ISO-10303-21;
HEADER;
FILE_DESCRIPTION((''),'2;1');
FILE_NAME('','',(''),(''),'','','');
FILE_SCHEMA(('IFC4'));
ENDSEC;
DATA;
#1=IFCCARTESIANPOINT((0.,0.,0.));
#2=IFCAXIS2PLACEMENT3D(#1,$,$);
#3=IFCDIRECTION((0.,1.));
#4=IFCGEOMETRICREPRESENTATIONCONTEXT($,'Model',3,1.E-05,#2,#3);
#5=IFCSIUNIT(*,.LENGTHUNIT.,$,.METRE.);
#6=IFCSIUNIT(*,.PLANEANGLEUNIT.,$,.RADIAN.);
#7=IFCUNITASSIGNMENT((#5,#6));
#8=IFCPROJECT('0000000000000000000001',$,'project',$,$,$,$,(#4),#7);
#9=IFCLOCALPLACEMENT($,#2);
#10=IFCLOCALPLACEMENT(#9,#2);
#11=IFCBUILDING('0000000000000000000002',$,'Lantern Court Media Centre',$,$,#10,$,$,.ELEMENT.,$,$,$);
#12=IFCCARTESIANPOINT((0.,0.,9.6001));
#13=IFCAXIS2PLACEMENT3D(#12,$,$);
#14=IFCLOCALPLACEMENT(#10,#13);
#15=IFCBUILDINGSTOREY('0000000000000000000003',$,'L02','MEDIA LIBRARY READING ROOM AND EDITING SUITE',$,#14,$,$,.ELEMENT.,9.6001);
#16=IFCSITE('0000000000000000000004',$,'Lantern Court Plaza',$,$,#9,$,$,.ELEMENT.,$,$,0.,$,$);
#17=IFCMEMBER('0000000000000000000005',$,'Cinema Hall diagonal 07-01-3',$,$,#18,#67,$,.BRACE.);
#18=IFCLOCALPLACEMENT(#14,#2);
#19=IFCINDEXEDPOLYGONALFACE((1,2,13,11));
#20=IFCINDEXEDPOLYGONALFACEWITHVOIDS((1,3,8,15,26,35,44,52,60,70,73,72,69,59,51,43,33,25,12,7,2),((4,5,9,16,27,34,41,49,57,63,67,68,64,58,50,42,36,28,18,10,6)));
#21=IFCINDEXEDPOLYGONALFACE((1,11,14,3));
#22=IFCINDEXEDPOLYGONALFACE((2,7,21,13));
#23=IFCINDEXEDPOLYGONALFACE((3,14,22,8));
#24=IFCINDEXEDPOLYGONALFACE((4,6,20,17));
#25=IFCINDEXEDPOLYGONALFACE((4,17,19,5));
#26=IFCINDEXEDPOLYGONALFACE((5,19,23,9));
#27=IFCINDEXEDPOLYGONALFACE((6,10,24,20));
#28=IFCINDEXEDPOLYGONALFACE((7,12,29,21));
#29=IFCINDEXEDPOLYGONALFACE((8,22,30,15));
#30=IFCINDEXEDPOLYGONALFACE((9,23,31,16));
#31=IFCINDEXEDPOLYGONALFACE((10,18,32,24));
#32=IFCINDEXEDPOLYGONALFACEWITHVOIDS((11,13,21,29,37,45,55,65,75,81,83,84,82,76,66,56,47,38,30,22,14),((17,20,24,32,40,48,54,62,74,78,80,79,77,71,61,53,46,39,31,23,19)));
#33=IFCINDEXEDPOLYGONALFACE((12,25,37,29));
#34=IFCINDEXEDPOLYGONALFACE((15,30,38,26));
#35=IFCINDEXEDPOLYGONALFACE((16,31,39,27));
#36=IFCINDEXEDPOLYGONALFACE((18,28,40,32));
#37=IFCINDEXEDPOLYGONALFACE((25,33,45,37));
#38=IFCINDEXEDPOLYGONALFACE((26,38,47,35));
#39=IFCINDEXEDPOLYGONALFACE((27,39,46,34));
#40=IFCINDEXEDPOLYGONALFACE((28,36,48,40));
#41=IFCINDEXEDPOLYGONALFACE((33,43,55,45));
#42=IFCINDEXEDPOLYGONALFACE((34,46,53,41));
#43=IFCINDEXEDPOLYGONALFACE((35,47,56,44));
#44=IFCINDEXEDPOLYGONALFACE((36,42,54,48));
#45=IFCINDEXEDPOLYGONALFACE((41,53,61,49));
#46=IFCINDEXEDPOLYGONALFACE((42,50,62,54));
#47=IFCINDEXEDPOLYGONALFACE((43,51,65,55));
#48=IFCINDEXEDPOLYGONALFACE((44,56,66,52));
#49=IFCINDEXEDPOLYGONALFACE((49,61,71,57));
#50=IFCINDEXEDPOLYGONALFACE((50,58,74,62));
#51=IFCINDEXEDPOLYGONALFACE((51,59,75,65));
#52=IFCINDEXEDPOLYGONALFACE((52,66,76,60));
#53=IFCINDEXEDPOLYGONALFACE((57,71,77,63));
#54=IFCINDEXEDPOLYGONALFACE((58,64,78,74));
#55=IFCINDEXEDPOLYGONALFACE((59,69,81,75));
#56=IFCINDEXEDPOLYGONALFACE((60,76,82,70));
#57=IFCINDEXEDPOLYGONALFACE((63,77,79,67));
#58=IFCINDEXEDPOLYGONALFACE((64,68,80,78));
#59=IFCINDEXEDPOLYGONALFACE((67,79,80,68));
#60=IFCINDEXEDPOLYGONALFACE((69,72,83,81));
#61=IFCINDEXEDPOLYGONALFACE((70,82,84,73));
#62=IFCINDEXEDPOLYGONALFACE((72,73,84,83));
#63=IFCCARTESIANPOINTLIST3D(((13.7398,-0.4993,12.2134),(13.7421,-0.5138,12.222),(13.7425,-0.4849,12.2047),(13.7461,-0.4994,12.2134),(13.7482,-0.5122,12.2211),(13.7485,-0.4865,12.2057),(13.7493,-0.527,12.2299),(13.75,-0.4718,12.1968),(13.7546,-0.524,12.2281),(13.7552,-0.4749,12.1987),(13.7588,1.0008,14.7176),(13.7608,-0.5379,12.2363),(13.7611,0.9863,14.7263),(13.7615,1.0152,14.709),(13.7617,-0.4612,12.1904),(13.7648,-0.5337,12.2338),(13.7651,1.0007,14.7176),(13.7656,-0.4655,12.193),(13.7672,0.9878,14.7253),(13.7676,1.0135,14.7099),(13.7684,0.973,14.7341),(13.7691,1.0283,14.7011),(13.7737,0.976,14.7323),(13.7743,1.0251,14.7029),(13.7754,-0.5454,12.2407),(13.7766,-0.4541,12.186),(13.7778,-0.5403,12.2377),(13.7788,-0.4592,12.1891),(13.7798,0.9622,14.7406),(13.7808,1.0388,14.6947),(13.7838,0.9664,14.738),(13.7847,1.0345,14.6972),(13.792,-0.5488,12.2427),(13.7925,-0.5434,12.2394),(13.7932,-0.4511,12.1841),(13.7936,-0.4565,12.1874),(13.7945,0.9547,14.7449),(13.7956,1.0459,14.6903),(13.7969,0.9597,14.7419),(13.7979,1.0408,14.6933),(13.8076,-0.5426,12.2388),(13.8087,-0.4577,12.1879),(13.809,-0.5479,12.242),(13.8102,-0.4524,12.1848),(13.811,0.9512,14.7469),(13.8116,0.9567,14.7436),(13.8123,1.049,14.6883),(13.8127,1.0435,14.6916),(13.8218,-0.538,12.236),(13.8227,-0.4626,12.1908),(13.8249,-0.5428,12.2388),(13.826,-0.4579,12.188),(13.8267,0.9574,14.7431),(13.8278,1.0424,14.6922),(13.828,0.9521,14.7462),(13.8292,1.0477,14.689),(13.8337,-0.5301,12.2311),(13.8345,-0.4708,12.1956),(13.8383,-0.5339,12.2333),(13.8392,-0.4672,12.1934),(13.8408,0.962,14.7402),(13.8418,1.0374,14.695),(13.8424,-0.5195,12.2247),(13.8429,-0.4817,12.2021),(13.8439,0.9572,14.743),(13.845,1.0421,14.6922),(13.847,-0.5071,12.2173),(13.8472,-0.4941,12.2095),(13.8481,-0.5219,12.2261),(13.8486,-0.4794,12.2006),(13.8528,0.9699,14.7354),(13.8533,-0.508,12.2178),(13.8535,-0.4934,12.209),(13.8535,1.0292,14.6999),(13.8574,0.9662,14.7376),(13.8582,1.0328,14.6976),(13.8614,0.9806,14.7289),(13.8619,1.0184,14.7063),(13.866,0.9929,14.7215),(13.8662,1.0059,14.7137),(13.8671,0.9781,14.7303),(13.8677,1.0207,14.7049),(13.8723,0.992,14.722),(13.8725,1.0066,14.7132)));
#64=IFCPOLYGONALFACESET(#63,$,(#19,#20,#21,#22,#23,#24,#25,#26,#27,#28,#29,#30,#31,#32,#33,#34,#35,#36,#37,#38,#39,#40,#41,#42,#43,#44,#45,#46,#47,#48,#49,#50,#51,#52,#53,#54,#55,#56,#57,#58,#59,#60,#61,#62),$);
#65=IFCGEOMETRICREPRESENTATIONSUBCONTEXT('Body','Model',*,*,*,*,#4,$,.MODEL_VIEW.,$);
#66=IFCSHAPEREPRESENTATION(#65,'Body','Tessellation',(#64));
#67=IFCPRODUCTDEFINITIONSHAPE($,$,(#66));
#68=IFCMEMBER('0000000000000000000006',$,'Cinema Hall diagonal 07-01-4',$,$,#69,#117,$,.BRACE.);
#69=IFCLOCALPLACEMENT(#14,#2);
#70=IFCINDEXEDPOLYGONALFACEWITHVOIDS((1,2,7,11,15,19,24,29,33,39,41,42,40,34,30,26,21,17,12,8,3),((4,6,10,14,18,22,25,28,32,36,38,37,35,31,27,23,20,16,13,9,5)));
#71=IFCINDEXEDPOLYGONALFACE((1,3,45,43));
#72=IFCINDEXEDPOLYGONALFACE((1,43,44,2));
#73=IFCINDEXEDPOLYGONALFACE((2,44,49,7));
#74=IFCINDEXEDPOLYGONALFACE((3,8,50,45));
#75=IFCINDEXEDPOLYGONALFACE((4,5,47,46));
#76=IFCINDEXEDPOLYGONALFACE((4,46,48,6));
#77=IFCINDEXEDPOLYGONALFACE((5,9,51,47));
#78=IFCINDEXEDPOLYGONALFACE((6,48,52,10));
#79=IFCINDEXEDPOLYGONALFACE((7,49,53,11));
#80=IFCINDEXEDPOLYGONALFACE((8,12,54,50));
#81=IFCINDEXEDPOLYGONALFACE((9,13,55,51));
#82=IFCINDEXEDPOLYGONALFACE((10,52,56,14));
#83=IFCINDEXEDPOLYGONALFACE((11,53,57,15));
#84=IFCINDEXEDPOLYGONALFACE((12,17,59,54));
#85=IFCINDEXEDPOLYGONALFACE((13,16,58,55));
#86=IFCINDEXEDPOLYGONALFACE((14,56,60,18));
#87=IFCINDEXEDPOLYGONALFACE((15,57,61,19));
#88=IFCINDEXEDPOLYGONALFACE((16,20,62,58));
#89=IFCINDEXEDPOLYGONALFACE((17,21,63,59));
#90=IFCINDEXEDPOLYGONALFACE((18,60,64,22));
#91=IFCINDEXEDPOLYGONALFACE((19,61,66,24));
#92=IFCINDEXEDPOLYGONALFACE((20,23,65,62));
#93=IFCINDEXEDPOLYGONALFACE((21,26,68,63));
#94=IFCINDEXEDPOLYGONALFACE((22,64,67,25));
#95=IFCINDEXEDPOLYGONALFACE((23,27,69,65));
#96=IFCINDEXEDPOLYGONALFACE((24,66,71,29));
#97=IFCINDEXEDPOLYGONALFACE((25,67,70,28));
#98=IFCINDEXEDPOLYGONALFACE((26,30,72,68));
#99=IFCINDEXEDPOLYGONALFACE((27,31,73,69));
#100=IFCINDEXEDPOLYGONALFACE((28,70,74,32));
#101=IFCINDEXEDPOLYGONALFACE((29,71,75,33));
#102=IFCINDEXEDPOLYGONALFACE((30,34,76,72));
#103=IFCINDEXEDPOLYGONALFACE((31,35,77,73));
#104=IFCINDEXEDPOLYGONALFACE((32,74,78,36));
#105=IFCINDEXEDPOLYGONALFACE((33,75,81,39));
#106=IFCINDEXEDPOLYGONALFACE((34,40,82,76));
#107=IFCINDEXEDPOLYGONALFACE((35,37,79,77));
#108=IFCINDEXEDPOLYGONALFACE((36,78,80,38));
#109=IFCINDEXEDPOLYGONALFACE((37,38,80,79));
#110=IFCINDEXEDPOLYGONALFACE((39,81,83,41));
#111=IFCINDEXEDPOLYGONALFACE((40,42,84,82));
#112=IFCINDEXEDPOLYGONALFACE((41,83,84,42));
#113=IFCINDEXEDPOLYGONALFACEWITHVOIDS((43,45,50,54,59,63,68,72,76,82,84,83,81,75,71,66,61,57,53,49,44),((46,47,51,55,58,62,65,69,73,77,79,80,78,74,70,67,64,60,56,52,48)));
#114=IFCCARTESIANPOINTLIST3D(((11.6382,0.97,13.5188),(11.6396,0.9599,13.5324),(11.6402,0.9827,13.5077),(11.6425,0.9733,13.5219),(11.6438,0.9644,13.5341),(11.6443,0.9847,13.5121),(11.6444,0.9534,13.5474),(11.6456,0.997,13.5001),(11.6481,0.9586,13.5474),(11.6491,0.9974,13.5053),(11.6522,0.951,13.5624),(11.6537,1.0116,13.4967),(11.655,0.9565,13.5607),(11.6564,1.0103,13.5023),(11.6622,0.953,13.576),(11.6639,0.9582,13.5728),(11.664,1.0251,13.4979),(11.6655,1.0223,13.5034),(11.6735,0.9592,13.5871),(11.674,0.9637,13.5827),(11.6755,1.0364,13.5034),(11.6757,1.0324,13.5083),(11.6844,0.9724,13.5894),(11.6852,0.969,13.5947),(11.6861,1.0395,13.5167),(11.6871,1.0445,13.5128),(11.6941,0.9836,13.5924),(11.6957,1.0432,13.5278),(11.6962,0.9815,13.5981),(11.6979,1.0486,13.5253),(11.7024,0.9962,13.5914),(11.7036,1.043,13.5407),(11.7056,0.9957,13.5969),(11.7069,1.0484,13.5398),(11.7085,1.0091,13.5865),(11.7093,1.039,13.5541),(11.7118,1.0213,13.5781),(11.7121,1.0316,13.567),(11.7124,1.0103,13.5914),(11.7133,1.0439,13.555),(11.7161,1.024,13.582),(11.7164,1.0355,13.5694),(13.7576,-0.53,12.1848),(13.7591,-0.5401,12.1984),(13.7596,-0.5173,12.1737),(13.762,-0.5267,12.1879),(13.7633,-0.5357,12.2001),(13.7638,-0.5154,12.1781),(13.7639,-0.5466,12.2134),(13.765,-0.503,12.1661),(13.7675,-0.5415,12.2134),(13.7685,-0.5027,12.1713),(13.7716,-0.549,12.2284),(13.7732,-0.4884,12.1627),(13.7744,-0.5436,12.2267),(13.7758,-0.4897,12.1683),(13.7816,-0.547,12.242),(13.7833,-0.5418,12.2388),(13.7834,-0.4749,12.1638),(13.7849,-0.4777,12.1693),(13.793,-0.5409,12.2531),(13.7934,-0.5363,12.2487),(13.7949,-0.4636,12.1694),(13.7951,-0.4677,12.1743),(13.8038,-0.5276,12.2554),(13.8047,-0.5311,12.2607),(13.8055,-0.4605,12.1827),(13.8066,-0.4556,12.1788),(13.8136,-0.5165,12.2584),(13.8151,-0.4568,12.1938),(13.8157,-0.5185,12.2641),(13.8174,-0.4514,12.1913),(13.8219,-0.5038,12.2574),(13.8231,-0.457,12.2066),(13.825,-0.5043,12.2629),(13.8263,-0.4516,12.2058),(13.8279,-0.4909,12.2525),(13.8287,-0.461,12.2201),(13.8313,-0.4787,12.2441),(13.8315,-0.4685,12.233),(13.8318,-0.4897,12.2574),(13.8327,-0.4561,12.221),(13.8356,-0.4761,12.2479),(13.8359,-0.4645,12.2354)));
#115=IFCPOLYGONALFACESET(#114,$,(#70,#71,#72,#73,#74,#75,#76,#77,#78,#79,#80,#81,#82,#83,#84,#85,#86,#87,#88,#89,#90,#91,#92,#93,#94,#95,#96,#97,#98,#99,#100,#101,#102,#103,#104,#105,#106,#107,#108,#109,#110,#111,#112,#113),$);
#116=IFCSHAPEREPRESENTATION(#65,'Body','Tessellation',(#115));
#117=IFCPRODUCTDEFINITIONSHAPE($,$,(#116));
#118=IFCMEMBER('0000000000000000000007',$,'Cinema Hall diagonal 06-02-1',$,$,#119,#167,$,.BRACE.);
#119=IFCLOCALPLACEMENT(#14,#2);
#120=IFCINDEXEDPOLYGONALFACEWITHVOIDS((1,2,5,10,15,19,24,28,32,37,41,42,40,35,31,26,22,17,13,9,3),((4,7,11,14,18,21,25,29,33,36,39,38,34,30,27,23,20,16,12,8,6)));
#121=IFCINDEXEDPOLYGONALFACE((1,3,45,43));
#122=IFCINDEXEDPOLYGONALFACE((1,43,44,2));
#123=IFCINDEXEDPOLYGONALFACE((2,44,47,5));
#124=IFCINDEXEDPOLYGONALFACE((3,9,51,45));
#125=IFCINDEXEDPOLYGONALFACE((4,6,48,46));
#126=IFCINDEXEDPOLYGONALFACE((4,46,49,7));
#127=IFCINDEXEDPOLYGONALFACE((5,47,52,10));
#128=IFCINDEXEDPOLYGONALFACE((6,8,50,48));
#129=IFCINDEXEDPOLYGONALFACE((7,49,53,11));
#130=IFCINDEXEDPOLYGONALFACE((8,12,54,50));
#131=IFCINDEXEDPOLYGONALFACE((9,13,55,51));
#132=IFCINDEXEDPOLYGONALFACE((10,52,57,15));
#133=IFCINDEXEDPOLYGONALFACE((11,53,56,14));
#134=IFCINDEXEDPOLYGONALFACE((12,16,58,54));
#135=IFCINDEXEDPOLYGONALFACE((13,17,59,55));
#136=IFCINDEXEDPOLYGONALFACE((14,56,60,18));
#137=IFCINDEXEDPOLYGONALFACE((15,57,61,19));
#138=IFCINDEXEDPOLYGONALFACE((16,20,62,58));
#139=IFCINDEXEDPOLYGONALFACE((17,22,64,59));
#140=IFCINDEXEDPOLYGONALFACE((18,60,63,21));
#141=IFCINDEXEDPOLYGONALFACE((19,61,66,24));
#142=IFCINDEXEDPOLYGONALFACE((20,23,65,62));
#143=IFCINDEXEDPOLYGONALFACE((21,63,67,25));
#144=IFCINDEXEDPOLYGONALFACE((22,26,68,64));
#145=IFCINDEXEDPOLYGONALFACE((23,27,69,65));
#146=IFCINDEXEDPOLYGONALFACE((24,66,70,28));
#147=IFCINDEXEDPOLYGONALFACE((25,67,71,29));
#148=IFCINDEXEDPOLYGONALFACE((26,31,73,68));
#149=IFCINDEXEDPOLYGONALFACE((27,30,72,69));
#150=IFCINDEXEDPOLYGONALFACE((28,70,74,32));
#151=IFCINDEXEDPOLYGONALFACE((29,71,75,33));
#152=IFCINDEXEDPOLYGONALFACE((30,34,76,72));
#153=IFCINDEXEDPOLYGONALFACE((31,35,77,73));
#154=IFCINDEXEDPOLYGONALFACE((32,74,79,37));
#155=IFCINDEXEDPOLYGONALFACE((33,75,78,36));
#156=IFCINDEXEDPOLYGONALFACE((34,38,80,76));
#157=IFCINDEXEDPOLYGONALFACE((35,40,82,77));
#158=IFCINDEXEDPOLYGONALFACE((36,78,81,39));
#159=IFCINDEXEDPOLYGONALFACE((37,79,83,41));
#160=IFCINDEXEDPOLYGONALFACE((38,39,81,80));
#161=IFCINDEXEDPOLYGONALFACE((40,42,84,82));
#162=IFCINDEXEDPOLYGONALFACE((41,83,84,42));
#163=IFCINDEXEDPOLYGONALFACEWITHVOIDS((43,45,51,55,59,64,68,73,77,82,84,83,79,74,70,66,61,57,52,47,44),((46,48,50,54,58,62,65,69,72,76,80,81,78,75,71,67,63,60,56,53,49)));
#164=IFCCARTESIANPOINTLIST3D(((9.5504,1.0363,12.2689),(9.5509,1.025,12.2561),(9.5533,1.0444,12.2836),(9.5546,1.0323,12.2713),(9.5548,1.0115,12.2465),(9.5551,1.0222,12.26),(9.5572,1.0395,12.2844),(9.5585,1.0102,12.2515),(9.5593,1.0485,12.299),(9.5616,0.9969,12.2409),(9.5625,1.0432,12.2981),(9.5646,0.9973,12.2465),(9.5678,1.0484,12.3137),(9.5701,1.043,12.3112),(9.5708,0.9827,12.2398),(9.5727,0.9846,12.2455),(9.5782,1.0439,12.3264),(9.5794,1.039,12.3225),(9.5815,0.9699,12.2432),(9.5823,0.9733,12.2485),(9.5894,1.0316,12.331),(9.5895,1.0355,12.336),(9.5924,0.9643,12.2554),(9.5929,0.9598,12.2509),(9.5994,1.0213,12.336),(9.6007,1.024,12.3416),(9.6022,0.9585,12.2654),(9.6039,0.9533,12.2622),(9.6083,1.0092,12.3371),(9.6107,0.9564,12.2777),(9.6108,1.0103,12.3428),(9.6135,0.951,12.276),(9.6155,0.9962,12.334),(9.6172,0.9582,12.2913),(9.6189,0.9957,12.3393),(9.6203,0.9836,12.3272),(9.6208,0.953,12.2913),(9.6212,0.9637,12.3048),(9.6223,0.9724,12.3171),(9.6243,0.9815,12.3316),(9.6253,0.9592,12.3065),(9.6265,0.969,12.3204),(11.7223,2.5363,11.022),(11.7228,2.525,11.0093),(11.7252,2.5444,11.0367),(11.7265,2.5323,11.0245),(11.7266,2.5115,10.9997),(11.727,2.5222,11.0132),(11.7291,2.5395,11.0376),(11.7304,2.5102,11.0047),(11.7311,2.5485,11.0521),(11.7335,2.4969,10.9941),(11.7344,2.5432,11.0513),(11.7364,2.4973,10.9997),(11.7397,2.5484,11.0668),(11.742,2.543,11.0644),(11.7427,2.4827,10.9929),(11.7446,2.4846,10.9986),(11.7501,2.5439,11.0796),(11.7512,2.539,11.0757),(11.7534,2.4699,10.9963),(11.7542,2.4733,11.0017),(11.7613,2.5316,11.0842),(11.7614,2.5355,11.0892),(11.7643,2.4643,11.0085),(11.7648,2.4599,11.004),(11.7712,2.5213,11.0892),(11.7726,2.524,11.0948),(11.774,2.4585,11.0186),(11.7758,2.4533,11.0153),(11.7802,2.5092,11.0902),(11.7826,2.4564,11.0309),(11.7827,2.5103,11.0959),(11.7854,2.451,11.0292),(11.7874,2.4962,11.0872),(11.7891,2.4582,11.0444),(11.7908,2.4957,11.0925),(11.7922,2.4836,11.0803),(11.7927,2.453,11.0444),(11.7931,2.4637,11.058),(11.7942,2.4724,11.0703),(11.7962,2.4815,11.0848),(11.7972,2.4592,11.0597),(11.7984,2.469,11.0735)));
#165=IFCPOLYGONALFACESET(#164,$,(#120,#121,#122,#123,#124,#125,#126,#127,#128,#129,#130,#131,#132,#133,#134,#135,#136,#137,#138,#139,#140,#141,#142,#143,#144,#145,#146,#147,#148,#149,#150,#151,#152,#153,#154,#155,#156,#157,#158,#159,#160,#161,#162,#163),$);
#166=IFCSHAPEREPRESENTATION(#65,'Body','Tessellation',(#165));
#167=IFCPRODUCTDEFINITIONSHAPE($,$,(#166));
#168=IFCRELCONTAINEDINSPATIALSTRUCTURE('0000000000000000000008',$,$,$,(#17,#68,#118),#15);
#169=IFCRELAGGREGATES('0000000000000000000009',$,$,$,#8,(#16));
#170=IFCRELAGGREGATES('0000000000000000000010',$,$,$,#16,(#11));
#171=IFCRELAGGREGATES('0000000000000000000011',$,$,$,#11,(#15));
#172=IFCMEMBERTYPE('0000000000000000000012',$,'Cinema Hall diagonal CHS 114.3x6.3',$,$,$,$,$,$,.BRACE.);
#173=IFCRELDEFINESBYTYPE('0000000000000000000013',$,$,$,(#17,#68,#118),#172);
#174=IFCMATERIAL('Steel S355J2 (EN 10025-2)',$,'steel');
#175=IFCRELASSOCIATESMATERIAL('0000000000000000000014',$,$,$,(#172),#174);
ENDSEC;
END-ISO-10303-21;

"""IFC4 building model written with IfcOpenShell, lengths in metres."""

from ifc_helpers import new_model, si_unit, direction, frame, origin, origin_2d, place, context, subcontext, project, spatial, hollow_circle, extrude, material, material_profile, profile_set, type_object, element, save


model = new_model("IFC4")

# Units and contexts
model_context = context("Model", 3, precision=1e-05, world=origin(), true_north=direction((0.0, 1.0)))
body_context = subcontext(model_context, "Body", "Model", "MODEL_VIEW")
ifc_project = project(units=[si_unit("LENGTHUNIT", "METRE"), si_unit("PLANEANGLEUNIT", "RADIAN")], contexts=[model_context])

# Site, building, storey
site_placement = place(None, origin())
site = spatial("IfcSite", under=ifc_project, at=site_placement, Name="Lantern Court Plaza", CompositionType="ELEMENT", RefElevation=0.0)
building_placement = place(site_placement, origin())
building = spatial("IfcBuilding", under=site, at=building_placement, Name="Lantern Court Media Centre", CompositionType="ELEMENT")
storey_placement = place(building_placement, frame((0.0, 0.0, 9.6001)))
storey = spatial("IfcBuildingStorey", under=building, at=storey_placement, Name="L02", Description="MEDIA LIBRARY READING ROOM AND EDITING SUITE", CompositionType="ELEMENT", Elevation=9.6001)

# Members
ifc_material = material(Name="Steel S355J2 (EN 10025-2)", Category="steel")
ifc_material_profile_1 = material_profile(ifc_material, hollow_circle(Radius=0.0571, WallThickness=0.0063, at=origin_2d()), Name="Cinema Hall diagonal CHS 114.3x6.3")
ifc_profile_set_1 = profile_set([ifc_material_profile_1], Name="Steel S355J2 (EN 10025-2)")
member_type_1 = type_object("IfcMemberType", Name="Cinema Hall diagonal CHS 114.3x6.3", PredefinedType="BRACE", material=ifc_profile_set_1)
for number, where, z_axis, x_axis, name in (
    (1, (13.7969, -0.5, 12.2134), (0.006524, 0.513857, 0.857851), (-0.999919, 0.012694, 0.0), "Cinema Hall diagonal 07-01-3"),
    (2, (13.7969, -0.5, 12.2134), (-0.726034, 0.513852, 0.45698), (-0.577702, -0.816248, 0.0), "Cinema Hall diagonal 07-01-4"),
    (3, (11.7603, 2.5, 11.0444), (-0.744002, -0.513843, 0.427115), (0.568286, -0.822831, 0.0), "Cinema Hall diagonal 06-02-1"),
):
    element("IfcMember", number, at=place(storey_placement, frame(where, z_axis=z_axis, x_axis=x_axis)), inside=storey, type_object=member_type_1, Name=name, PredefinedType="BRACE", context=body_context, shape_type="SweptSolid", body=[
        extrude(hollow_circle(Radius=0.0571, WallThickness=0.0063, at=origin_2d()), origin(), (0.0, 0.0, 1.0), 2.9192),
    ])

save(model, "model.ifc")
